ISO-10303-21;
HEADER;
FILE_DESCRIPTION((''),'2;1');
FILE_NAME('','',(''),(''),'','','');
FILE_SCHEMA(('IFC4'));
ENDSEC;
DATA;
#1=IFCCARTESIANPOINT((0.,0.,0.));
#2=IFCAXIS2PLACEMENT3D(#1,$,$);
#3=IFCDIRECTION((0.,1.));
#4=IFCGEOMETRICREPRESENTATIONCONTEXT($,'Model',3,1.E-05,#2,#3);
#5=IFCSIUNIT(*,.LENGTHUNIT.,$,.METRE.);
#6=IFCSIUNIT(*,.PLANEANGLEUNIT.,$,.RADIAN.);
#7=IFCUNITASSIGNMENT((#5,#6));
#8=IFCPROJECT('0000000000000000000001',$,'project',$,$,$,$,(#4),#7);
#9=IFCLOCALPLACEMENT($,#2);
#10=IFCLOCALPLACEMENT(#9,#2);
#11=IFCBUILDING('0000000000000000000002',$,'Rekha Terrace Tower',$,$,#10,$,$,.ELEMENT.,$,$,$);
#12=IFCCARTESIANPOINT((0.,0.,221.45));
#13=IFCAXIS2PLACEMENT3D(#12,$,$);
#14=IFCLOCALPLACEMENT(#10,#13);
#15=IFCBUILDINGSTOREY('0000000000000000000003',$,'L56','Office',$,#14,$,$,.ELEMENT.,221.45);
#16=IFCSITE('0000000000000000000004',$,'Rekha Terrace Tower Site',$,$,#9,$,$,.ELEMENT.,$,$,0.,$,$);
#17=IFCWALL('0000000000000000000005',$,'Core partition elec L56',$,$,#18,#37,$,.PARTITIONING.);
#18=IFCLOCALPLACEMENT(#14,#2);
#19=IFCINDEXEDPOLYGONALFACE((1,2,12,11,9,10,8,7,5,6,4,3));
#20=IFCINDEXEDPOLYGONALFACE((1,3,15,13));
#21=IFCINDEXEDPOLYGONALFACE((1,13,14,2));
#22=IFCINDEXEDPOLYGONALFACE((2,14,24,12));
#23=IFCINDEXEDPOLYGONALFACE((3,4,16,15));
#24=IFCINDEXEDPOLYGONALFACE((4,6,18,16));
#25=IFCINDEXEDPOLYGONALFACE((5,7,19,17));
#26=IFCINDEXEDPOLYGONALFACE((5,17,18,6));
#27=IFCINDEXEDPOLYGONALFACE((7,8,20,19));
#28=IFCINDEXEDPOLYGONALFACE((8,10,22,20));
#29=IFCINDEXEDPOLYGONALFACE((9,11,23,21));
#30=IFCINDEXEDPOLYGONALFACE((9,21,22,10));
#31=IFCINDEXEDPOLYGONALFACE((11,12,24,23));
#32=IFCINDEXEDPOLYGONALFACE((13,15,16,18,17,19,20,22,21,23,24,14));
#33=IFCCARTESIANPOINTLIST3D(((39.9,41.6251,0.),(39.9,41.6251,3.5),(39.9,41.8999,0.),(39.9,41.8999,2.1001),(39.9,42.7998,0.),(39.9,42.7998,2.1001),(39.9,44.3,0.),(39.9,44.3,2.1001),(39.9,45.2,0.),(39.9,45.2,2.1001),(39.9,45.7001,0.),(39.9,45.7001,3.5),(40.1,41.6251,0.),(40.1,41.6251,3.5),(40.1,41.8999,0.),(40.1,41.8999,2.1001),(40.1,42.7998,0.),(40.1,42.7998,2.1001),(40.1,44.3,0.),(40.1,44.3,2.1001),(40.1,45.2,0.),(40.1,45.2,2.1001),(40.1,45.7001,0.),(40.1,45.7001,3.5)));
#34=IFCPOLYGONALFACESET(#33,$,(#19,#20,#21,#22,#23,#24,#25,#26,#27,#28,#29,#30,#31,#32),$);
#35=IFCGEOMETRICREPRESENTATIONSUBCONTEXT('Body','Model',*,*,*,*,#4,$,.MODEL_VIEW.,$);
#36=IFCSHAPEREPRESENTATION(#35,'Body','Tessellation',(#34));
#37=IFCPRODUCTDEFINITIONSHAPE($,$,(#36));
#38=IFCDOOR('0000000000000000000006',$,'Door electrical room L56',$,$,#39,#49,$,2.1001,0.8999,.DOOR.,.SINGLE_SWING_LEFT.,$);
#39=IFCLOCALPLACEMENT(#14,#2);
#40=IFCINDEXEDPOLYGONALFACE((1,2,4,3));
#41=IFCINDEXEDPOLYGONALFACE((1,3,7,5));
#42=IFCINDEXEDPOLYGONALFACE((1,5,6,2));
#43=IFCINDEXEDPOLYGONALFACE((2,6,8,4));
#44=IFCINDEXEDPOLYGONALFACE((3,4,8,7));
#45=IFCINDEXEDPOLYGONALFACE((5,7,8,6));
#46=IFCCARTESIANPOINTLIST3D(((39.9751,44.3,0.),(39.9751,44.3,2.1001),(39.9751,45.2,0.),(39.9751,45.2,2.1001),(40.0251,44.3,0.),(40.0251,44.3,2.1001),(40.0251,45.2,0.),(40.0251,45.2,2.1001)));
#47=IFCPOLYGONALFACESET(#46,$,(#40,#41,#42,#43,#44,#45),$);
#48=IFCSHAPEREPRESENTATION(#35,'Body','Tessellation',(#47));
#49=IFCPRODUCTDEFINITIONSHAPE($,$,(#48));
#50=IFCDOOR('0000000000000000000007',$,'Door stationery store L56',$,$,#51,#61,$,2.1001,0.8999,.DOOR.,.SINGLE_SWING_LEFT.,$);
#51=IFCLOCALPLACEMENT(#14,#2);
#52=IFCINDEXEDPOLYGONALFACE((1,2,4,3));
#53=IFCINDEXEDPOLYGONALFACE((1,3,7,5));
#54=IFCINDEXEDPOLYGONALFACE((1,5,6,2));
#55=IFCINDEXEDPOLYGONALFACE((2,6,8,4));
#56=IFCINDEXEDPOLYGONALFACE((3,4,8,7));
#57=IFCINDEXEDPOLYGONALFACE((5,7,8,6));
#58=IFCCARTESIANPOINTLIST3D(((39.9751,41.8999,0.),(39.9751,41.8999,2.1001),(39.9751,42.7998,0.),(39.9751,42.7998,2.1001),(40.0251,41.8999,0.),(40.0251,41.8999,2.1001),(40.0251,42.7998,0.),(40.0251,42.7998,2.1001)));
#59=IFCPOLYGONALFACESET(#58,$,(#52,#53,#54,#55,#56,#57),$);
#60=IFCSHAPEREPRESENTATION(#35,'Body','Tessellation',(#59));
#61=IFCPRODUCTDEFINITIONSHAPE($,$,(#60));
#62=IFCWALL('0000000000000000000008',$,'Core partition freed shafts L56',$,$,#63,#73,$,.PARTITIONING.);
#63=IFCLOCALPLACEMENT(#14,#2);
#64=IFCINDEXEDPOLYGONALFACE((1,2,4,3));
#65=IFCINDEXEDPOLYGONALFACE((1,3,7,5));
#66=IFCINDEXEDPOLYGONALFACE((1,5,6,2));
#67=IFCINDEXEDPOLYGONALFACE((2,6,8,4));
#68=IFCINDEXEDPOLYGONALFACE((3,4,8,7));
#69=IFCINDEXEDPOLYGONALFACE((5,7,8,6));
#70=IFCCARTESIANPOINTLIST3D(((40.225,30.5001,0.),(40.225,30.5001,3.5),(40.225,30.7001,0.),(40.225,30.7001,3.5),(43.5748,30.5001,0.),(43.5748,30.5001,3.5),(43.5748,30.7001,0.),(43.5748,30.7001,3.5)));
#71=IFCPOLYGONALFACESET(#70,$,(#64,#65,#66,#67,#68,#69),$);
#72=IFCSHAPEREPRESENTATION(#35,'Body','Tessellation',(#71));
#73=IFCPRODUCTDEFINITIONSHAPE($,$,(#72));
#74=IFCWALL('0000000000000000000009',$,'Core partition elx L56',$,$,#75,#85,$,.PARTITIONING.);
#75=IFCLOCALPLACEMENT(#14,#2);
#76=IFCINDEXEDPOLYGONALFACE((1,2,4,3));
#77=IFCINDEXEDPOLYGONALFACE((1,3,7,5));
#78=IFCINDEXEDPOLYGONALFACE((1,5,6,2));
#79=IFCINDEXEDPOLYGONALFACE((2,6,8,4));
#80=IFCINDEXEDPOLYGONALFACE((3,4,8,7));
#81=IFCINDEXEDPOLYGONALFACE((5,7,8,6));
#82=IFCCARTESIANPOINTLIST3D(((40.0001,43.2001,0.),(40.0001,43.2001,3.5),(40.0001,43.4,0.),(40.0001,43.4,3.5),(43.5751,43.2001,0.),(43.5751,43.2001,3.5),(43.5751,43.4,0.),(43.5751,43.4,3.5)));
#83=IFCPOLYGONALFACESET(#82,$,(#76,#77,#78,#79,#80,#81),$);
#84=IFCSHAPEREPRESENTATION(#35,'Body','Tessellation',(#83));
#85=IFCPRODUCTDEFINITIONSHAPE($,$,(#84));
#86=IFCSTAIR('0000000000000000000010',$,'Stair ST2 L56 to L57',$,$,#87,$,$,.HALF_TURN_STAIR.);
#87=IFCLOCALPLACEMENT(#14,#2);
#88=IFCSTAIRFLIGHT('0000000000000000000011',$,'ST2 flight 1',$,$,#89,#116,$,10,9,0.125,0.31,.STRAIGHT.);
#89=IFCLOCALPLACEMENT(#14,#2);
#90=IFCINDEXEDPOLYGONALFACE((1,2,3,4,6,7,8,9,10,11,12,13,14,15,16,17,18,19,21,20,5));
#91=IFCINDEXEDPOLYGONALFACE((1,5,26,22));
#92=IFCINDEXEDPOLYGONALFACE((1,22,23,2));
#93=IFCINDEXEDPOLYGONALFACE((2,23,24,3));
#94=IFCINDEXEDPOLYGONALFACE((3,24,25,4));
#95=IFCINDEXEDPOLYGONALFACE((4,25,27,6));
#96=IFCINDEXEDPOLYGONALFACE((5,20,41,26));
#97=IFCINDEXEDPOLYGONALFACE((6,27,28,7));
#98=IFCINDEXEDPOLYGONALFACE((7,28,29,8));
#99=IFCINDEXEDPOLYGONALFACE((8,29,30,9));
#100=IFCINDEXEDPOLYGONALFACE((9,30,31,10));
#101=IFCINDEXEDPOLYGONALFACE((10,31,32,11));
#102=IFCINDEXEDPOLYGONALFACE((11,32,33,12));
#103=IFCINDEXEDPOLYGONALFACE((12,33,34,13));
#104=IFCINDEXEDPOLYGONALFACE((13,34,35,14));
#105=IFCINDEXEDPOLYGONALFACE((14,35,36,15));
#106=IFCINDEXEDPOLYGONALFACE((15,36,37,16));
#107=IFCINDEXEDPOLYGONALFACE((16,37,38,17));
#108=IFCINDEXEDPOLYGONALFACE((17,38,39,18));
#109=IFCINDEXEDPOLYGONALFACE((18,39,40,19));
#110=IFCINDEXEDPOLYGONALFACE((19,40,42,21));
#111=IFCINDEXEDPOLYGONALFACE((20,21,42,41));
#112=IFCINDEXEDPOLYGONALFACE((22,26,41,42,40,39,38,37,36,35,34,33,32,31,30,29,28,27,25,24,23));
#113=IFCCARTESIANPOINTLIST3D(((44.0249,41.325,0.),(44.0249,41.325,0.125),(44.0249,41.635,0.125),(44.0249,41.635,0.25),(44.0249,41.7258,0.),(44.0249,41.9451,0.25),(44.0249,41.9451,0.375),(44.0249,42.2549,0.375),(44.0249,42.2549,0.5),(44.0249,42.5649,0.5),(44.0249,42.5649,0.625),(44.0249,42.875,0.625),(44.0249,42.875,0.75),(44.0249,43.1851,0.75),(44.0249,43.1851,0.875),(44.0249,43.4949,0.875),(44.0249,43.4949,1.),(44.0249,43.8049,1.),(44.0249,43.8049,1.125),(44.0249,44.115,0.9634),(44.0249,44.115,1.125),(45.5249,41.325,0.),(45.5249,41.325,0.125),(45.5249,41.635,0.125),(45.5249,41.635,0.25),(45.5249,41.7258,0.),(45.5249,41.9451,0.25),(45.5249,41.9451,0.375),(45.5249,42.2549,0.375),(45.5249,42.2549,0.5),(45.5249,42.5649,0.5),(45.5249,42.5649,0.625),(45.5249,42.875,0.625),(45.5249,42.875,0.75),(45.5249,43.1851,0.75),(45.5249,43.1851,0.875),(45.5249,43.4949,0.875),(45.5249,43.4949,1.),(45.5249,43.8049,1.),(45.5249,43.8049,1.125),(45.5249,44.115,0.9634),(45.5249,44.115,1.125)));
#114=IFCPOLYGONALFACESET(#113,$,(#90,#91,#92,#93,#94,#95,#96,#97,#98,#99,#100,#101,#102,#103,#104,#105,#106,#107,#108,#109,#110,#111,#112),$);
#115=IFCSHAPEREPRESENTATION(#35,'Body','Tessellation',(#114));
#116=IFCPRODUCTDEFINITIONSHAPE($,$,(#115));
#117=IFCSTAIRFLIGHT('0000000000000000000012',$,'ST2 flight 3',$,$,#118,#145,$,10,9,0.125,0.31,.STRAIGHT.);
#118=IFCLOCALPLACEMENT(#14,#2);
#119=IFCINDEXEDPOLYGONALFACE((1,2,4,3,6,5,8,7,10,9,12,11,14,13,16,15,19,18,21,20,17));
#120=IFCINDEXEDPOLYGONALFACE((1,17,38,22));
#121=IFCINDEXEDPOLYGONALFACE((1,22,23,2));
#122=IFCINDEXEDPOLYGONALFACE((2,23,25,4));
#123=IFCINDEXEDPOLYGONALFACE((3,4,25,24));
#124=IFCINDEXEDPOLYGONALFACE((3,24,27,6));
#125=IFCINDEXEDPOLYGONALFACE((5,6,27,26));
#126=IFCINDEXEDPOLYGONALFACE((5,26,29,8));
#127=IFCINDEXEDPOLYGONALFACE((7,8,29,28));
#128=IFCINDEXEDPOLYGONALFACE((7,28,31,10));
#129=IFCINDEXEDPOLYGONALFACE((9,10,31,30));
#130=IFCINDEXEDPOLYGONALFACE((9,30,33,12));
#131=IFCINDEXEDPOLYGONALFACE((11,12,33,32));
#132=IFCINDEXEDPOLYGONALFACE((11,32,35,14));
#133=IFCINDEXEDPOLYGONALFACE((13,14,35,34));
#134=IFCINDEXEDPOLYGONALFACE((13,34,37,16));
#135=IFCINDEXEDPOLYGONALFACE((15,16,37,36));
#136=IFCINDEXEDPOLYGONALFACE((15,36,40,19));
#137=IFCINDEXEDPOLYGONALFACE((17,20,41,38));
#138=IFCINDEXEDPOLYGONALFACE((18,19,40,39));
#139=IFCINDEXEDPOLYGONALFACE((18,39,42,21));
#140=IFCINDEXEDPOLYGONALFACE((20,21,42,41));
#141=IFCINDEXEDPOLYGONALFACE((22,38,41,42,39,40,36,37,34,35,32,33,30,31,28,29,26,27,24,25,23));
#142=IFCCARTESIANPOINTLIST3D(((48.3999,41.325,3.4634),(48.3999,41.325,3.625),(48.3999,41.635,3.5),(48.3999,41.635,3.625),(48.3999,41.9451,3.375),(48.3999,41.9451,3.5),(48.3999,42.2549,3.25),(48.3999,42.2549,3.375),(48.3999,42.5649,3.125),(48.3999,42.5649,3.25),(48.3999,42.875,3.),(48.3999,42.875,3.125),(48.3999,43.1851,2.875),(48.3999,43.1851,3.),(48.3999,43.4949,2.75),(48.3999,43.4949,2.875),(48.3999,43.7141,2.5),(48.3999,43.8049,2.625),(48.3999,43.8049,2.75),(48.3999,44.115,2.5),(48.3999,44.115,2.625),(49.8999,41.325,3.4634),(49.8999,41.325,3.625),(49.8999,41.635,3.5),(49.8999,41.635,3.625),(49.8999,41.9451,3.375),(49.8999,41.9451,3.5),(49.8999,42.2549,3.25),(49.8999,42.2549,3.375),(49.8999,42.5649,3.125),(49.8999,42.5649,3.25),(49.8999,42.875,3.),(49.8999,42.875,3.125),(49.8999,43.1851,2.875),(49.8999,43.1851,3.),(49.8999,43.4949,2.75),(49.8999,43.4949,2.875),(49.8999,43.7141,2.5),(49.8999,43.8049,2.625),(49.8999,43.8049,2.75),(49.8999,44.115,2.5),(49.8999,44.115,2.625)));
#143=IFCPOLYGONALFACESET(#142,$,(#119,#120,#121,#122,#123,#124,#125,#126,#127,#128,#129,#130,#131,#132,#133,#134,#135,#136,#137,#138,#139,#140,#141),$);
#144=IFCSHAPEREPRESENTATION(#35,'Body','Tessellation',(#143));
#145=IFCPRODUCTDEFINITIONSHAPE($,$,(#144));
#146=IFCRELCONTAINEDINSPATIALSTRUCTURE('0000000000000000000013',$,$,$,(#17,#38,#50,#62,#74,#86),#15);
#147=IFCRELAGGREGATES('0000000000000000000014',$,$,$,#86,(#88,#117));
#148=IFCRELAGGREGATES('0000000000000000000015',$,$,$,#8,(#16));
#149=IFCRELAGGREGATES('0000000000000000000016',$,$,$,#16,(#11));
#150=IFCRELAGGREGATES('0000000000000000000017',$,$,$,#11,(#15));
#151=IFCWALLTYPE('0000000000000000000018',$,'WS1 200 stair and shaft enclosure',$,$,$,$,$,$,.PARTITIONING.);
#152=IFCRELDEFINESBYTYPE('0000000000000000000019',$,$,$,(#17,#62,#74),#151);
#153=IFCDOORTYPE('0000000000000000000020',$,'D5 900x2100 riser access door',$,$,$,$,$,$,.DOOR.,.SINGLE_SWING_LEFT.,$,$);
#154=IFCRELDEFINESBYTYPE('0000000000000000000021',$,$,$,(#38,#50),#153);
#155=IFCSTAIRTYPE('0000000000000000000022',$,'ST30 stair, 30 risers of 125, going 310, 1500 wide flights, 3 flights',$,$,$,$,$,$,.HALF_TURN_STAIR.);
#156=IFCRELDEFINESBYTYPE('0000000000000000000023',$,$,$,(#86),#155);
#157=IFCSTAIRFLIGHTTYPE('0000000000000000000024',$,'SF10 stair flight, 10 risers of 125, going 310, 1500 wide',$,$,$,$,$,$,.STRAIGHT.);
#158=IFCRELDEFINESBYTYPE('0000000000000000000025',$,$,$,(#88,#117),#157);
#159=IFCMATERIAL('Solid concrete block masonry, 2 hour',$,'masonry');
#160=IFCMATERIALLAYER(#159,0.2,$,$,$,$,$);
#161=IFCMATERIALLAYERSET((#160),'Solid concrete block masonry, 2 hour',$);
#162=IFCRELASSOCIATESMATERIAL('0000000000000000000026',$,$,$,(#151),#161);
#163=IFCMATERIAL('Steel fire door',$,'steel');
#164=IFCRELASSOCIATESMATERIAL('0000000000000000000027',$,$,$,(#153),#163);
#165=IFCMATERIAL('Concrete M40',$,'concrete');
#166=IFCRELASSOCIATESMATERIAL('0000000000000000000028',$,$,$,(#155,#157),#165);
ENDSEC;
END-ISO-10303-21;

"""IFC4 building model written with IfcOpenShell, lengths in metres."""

from ifc_helpers import new_model, si_unit, direction, frame, frame_2d, origin, place, context, subcontext, project, spatial, polyline, rectangle, outline, extrude, material, layer, layer_set, type_object, element, fill, aggregate, save


model = new_model("IFC4")

# Units and contexts
model_context = context("Model", 3, precision=1e-05, world=origin(), true_north=direction((0.0, 1.0)))
body_context = subcontext(model_context, "Body", "Model", "MODEL_VIEW")
ifc_project = project(units=[si_unit("LENGTHUNIT", "METRE"), si_unit("PLANEANGLEUNIT", "RADIAN")], contexts=[model_context])

# Site, building, storey
site_placement = place(None, origin())
site = spatial("IfcSite", under=ifc_project, at=site_placement, Name="Rekha Terrace Tower Site", CompositionType="ELEMENT", RefElevation=0.0)
building_placement = place(site_placement, origin())
building = spatial("IfcBuilding", under=site, at=building_placement, Name="Rekha Terrace Tower", CompositionType="ELEMENT")
storey_placement = place(building_placement, frame((0.0, 0.0, 221.45)))
storey = spatial("IfcBuildingStorey", under=building, at=storey_placement, Name="L56", Description="Office", CompositionType="ELEMENT", Elevation=221.45)

# Shared definitions
ifc_material_1 = material(Name="Steel fire door", Category="steel")

# Shared definitions
ifc_material_2 = material(Name="Solid concrete block masonry, 2 hour", Category="masonry")
ifc_layer_1 = layer(ifc_material_2, 0.2)
ifc_layer_set_1 = layer_set([ifc_layer_1], Name="Solid concrete block masonry, 2 hour")
wall_type_1 = type_object("IfcWallType", Name="WS1 200 stair and shaft enclosure", PredefinedType="PARTITIONING", material=ifc_layer_set_1)

# Wall, openings, doors
wall_1_placement = place(storey_placement, frame((40.0, 41.625, 0.0), z_axis=(0.0, 0.0, 1.0), x_axis=(0.0, 1.0, 0.0)))
wall_1 = element("IfcWall", 1, at=wall_1_placement, inside=storey, type_object=wall_type_1, Name="Core partition elec L56", PredefinedType="PARTITIONING", context=body_context, shape_type="SweptSolid", body=[
    extrude(rectangle(XDim=4.075, YDim=0.2, at=frame_2d((2.0376, 0.0))), origin(), (0.0, 0.0, 1.0), 3.5),
])
opening_1_placement = place(wall_1_placement, frame((2.675, 0.0, 0.0)))
opening_1 = element("IfcOpeningElement", 2, at=opening_1_placement, cuts=wall_1, PredefinedType="OPENING", context=body_context, shape_type="SweptSolid", body=[
    extrude(rectangle(XDim=0.8999, YDim=2.1001, at=frame_2d((0.45, 1.05))), frame((0.0, 0.1099, 0.0), z_axis=(0.0, -1.0, 0.0), x_axis=(1.0, 0.0, 0.0)), (0.0, 0.0, 1.0), 0.22),
])
opening_2_placement = place(wall_1_placement, frame((0.2749, 0.0, 0.0)))
opening_2 = element("IfcOpeningElement", 3, at=opening_2_placement, cuts=wall_1, PredefinedType="OPENING", context=body_context, shape_type="SweptSolid", body=[
    extrude(rectangle(XDim=0.8999, YDim=2.1001, at=frame_2d((0.45, 1.05))), frame((0.0, 0.1099, 0.0), z_axis=(0.0, -1.0, 0.0), x_axis=(1.0, 0.0, 0.0)), (0.0, 0.0, 1.0), 0.22),
])
door_type_1 = type_object("IfcDoorType", Name="D5 900x2100 riser access door", OperationType="SINGLE_SWING_LEFT", PredefinedType="DOOR", material=ifc_material_1)
door_1_placement = place(opening_1_placement, origin())
door_1 = element("IfcDoor", 4, at=door_1_placement, inside=storey, type_object=door_type_1, Name="Door electrical room L56", OperationType="SINGLE_SWING_LEFT", OverallHeight=2.1001, OverallWidth=0.8999, PredefinedType="DOOR", context=body_context, shape_type="SweptSolid", body=[
    extrude(rectangle(XDim=0.8999, YDim=2.1001, at=frame_2d((0.45, 1.05))), frame((0.0, 0.0249, 0.0), z_axis=(0.0, -1.0, 0.0), x_axis=(1.0, 0.0, 0.0)), (0.0, 0.0, 1.0), 0.05),
])
fill(opening_1, door_1)
door_2_placement = place(opening_2_placement, origin())
door_2 = element("IfcDoor", 5, at=door_2_placement, inside=storey, type_object=door_type_1, Name="Door stationery store L56", OperationType="SINGLE_SWING_LEFT", OverallHeight=2.1001, OverallWidth=0.8999, PredefinedType="DOOR", context=body_context, shape_type="SweptSolid", body=[
    extrude(rectangle(XDim=0.8999, YDim=2.1001, at=frame_2d((0.45, 1.05))), frame((0.0, 0.0249, 0.0), z_axis=(0.0, -1.0, 0.0), x_axis=(1.0, 0.0, 0.0)), (0.0, 0.0, 1.0), 0.05),
])
fill(opening_2, door_2)

# Walls
wall_2_placement = place(storey_placement, frame((40.2251, 30.6001, 0.0), z_axis=(0.0, 0.0, 1.0), x_axis=(1.0, 0.0, 0.0)))
element("IfcWall", 6, at=wall_2_placement, inside=storey, type_object=wall_type_1, Name="Core partition freed shafts L56", PredefinedType="PARTITIONING", context=body_context, shape_type="SweptSolid", body=[
    extrude(rectangle(XDim=3.3499, YDim=0.2, at=frame_2d((1.6748, 0.0))), origin(), (0.0, 0.0, 1.0), 3.5),
])
wall_3_placement = place(storey_placement, frame((40.0, 43.3, 0.0), z_axis=(0.0, 0.0, 1.0), x_axis=(1.0, 0.0, 0.0)))
element("IfcWall", 7, at=wall_3_placement, inside=storey, type_object=wall_type_1, Name="Core partition elx L56", PredefinedType="PARTITIONING", context=body_context, shape_type="SweptSolid", body=[
    extrude(rectangle(XDim=3.575, YDim=0.2, at=frame_2d((1.7876, 0.0))), origin(), (0.0, 0.0, 1.0), 3.5),
])

# Stair, stair flights
ifc_material_3 = material(Name="Concrete M40", Category="concrete")
stair_type = type_object("IfcStairType", Name="ST30 stair, 30 risers of 125, going 310, 1500 wide flights, 3 flights", PredefinedType="HALF_TURN_STAIR", material=ifc_material_3)
stair_placement = place(storey_placement, origin())
stair = element("IfcStair", 8, at=stair_placement, inside=storey, type_object=stair_type, Name="Stair ST2 L56 to L57", PredefinedType="HALF_TURN_STAIR")
stair_flight_type = type_object("IfcStairFlightType", Name="SF10 stair flight, 10 risers of 125, going 310, 1500 wide", PredefinedType="STRAIGHT", material=ifc_material_3)
stair_flight_1_placement = place(storey_placement, frame((44.7749, 41.325, 0.0), z_axis=(0.0, 0.0, 1.0), x_axis=(0.0, 1.0, 0.0)))
stair_flight_1 = element("IfcStairFlight", 9, at=stair_flight_1_placement, type_object=stair_flight_type, Name="ST2 flight 1", NumberOfRisers=10, NumberOfTreads=9, PredefinedType="STRAIGHT", RiserHeight=0.125, TreadLength=0.31, context=body_context, shape_type="SweptSolid", body=[
    extrude(outline(polyline([(0.0, 0.0), (0.0, 0.125), (0.3101, 0.125), (0.3101, 0.25), (0.6201, 0.25), (0.6201, 0.375), (0.9299, 0.375), (0.9299, 0.5), (1.24, 0.5), (1.24, 0.625), (1.55, 0.625), (1.55, 0.75), (1.8601, 0.75), (1.8601, 0.875), (2.1699, 0.875), (2.1699, 1.0), (2.48, 1.0), (2.48, 1.125), (2.79, 1.125), (2.79, 1.25), (2.79, 0.9634), (0.4009, 0.0), (0.0, 0.0)])), frame((0.0, 0.75, 0.0), z_axis=(0.0, -1.0, 0.0), x_axis=(1.0, 0.0, 0.0)), (0.0, 0.0, 1.0), 1.5),
])
stair_flight_2_placement = place(storey_placement, frame((49.1499, 44.115, 2.5), z_axis=(0.0, 0.0, 1.0), x_axis=(0.0, -1.0, 0.0)))
stair_flight_2 = element("IfcStairFlight", 10, at=stair_flight_2_placement, type_object=stair_flight_type, Name="ST2 flight 3", NumberOfRisers=10, NumberOfTreads=9, PredefinedType="STRAIGHT", RiserHeight=0.125, TreadLength=0.31, context=body_context, shape_type="SweptSolid", body=[
    extrude(outline(polyline([(0.0, 0.0), (0.0, 0.125), (0.3101, 0.125), (0.3101, 0.25), (0.6201, 0.25), (0.6201, 0.375), (0.9299, 0.375), (0.9299, 0.5), (1.24, 0.5), (1.24, 0.625), (1.55, 0.625), (1.55, 0.75), (1.8601, 0.75), (1.8601, 0.875), (2.1699, 0.875), (2.1699, 1.0), (2.48, 1.0), (2.48, 1.125), (2.79, 1.125), (2.79, 1.25), (2.79, 0.9634), (0.4009, 0.0), (0.0, 0.0)])), frame((0.0, 0.75, 0.0), z_axis=(0.0, -1.0, 0.0), x_axis=(1.0, 0.0, 0.0)), (0.0, 0.0, 1.0), 1.5),
])
aggregate(stair, [stair_flight_1, stair_flight_2])

save(model, "model.ifc")
